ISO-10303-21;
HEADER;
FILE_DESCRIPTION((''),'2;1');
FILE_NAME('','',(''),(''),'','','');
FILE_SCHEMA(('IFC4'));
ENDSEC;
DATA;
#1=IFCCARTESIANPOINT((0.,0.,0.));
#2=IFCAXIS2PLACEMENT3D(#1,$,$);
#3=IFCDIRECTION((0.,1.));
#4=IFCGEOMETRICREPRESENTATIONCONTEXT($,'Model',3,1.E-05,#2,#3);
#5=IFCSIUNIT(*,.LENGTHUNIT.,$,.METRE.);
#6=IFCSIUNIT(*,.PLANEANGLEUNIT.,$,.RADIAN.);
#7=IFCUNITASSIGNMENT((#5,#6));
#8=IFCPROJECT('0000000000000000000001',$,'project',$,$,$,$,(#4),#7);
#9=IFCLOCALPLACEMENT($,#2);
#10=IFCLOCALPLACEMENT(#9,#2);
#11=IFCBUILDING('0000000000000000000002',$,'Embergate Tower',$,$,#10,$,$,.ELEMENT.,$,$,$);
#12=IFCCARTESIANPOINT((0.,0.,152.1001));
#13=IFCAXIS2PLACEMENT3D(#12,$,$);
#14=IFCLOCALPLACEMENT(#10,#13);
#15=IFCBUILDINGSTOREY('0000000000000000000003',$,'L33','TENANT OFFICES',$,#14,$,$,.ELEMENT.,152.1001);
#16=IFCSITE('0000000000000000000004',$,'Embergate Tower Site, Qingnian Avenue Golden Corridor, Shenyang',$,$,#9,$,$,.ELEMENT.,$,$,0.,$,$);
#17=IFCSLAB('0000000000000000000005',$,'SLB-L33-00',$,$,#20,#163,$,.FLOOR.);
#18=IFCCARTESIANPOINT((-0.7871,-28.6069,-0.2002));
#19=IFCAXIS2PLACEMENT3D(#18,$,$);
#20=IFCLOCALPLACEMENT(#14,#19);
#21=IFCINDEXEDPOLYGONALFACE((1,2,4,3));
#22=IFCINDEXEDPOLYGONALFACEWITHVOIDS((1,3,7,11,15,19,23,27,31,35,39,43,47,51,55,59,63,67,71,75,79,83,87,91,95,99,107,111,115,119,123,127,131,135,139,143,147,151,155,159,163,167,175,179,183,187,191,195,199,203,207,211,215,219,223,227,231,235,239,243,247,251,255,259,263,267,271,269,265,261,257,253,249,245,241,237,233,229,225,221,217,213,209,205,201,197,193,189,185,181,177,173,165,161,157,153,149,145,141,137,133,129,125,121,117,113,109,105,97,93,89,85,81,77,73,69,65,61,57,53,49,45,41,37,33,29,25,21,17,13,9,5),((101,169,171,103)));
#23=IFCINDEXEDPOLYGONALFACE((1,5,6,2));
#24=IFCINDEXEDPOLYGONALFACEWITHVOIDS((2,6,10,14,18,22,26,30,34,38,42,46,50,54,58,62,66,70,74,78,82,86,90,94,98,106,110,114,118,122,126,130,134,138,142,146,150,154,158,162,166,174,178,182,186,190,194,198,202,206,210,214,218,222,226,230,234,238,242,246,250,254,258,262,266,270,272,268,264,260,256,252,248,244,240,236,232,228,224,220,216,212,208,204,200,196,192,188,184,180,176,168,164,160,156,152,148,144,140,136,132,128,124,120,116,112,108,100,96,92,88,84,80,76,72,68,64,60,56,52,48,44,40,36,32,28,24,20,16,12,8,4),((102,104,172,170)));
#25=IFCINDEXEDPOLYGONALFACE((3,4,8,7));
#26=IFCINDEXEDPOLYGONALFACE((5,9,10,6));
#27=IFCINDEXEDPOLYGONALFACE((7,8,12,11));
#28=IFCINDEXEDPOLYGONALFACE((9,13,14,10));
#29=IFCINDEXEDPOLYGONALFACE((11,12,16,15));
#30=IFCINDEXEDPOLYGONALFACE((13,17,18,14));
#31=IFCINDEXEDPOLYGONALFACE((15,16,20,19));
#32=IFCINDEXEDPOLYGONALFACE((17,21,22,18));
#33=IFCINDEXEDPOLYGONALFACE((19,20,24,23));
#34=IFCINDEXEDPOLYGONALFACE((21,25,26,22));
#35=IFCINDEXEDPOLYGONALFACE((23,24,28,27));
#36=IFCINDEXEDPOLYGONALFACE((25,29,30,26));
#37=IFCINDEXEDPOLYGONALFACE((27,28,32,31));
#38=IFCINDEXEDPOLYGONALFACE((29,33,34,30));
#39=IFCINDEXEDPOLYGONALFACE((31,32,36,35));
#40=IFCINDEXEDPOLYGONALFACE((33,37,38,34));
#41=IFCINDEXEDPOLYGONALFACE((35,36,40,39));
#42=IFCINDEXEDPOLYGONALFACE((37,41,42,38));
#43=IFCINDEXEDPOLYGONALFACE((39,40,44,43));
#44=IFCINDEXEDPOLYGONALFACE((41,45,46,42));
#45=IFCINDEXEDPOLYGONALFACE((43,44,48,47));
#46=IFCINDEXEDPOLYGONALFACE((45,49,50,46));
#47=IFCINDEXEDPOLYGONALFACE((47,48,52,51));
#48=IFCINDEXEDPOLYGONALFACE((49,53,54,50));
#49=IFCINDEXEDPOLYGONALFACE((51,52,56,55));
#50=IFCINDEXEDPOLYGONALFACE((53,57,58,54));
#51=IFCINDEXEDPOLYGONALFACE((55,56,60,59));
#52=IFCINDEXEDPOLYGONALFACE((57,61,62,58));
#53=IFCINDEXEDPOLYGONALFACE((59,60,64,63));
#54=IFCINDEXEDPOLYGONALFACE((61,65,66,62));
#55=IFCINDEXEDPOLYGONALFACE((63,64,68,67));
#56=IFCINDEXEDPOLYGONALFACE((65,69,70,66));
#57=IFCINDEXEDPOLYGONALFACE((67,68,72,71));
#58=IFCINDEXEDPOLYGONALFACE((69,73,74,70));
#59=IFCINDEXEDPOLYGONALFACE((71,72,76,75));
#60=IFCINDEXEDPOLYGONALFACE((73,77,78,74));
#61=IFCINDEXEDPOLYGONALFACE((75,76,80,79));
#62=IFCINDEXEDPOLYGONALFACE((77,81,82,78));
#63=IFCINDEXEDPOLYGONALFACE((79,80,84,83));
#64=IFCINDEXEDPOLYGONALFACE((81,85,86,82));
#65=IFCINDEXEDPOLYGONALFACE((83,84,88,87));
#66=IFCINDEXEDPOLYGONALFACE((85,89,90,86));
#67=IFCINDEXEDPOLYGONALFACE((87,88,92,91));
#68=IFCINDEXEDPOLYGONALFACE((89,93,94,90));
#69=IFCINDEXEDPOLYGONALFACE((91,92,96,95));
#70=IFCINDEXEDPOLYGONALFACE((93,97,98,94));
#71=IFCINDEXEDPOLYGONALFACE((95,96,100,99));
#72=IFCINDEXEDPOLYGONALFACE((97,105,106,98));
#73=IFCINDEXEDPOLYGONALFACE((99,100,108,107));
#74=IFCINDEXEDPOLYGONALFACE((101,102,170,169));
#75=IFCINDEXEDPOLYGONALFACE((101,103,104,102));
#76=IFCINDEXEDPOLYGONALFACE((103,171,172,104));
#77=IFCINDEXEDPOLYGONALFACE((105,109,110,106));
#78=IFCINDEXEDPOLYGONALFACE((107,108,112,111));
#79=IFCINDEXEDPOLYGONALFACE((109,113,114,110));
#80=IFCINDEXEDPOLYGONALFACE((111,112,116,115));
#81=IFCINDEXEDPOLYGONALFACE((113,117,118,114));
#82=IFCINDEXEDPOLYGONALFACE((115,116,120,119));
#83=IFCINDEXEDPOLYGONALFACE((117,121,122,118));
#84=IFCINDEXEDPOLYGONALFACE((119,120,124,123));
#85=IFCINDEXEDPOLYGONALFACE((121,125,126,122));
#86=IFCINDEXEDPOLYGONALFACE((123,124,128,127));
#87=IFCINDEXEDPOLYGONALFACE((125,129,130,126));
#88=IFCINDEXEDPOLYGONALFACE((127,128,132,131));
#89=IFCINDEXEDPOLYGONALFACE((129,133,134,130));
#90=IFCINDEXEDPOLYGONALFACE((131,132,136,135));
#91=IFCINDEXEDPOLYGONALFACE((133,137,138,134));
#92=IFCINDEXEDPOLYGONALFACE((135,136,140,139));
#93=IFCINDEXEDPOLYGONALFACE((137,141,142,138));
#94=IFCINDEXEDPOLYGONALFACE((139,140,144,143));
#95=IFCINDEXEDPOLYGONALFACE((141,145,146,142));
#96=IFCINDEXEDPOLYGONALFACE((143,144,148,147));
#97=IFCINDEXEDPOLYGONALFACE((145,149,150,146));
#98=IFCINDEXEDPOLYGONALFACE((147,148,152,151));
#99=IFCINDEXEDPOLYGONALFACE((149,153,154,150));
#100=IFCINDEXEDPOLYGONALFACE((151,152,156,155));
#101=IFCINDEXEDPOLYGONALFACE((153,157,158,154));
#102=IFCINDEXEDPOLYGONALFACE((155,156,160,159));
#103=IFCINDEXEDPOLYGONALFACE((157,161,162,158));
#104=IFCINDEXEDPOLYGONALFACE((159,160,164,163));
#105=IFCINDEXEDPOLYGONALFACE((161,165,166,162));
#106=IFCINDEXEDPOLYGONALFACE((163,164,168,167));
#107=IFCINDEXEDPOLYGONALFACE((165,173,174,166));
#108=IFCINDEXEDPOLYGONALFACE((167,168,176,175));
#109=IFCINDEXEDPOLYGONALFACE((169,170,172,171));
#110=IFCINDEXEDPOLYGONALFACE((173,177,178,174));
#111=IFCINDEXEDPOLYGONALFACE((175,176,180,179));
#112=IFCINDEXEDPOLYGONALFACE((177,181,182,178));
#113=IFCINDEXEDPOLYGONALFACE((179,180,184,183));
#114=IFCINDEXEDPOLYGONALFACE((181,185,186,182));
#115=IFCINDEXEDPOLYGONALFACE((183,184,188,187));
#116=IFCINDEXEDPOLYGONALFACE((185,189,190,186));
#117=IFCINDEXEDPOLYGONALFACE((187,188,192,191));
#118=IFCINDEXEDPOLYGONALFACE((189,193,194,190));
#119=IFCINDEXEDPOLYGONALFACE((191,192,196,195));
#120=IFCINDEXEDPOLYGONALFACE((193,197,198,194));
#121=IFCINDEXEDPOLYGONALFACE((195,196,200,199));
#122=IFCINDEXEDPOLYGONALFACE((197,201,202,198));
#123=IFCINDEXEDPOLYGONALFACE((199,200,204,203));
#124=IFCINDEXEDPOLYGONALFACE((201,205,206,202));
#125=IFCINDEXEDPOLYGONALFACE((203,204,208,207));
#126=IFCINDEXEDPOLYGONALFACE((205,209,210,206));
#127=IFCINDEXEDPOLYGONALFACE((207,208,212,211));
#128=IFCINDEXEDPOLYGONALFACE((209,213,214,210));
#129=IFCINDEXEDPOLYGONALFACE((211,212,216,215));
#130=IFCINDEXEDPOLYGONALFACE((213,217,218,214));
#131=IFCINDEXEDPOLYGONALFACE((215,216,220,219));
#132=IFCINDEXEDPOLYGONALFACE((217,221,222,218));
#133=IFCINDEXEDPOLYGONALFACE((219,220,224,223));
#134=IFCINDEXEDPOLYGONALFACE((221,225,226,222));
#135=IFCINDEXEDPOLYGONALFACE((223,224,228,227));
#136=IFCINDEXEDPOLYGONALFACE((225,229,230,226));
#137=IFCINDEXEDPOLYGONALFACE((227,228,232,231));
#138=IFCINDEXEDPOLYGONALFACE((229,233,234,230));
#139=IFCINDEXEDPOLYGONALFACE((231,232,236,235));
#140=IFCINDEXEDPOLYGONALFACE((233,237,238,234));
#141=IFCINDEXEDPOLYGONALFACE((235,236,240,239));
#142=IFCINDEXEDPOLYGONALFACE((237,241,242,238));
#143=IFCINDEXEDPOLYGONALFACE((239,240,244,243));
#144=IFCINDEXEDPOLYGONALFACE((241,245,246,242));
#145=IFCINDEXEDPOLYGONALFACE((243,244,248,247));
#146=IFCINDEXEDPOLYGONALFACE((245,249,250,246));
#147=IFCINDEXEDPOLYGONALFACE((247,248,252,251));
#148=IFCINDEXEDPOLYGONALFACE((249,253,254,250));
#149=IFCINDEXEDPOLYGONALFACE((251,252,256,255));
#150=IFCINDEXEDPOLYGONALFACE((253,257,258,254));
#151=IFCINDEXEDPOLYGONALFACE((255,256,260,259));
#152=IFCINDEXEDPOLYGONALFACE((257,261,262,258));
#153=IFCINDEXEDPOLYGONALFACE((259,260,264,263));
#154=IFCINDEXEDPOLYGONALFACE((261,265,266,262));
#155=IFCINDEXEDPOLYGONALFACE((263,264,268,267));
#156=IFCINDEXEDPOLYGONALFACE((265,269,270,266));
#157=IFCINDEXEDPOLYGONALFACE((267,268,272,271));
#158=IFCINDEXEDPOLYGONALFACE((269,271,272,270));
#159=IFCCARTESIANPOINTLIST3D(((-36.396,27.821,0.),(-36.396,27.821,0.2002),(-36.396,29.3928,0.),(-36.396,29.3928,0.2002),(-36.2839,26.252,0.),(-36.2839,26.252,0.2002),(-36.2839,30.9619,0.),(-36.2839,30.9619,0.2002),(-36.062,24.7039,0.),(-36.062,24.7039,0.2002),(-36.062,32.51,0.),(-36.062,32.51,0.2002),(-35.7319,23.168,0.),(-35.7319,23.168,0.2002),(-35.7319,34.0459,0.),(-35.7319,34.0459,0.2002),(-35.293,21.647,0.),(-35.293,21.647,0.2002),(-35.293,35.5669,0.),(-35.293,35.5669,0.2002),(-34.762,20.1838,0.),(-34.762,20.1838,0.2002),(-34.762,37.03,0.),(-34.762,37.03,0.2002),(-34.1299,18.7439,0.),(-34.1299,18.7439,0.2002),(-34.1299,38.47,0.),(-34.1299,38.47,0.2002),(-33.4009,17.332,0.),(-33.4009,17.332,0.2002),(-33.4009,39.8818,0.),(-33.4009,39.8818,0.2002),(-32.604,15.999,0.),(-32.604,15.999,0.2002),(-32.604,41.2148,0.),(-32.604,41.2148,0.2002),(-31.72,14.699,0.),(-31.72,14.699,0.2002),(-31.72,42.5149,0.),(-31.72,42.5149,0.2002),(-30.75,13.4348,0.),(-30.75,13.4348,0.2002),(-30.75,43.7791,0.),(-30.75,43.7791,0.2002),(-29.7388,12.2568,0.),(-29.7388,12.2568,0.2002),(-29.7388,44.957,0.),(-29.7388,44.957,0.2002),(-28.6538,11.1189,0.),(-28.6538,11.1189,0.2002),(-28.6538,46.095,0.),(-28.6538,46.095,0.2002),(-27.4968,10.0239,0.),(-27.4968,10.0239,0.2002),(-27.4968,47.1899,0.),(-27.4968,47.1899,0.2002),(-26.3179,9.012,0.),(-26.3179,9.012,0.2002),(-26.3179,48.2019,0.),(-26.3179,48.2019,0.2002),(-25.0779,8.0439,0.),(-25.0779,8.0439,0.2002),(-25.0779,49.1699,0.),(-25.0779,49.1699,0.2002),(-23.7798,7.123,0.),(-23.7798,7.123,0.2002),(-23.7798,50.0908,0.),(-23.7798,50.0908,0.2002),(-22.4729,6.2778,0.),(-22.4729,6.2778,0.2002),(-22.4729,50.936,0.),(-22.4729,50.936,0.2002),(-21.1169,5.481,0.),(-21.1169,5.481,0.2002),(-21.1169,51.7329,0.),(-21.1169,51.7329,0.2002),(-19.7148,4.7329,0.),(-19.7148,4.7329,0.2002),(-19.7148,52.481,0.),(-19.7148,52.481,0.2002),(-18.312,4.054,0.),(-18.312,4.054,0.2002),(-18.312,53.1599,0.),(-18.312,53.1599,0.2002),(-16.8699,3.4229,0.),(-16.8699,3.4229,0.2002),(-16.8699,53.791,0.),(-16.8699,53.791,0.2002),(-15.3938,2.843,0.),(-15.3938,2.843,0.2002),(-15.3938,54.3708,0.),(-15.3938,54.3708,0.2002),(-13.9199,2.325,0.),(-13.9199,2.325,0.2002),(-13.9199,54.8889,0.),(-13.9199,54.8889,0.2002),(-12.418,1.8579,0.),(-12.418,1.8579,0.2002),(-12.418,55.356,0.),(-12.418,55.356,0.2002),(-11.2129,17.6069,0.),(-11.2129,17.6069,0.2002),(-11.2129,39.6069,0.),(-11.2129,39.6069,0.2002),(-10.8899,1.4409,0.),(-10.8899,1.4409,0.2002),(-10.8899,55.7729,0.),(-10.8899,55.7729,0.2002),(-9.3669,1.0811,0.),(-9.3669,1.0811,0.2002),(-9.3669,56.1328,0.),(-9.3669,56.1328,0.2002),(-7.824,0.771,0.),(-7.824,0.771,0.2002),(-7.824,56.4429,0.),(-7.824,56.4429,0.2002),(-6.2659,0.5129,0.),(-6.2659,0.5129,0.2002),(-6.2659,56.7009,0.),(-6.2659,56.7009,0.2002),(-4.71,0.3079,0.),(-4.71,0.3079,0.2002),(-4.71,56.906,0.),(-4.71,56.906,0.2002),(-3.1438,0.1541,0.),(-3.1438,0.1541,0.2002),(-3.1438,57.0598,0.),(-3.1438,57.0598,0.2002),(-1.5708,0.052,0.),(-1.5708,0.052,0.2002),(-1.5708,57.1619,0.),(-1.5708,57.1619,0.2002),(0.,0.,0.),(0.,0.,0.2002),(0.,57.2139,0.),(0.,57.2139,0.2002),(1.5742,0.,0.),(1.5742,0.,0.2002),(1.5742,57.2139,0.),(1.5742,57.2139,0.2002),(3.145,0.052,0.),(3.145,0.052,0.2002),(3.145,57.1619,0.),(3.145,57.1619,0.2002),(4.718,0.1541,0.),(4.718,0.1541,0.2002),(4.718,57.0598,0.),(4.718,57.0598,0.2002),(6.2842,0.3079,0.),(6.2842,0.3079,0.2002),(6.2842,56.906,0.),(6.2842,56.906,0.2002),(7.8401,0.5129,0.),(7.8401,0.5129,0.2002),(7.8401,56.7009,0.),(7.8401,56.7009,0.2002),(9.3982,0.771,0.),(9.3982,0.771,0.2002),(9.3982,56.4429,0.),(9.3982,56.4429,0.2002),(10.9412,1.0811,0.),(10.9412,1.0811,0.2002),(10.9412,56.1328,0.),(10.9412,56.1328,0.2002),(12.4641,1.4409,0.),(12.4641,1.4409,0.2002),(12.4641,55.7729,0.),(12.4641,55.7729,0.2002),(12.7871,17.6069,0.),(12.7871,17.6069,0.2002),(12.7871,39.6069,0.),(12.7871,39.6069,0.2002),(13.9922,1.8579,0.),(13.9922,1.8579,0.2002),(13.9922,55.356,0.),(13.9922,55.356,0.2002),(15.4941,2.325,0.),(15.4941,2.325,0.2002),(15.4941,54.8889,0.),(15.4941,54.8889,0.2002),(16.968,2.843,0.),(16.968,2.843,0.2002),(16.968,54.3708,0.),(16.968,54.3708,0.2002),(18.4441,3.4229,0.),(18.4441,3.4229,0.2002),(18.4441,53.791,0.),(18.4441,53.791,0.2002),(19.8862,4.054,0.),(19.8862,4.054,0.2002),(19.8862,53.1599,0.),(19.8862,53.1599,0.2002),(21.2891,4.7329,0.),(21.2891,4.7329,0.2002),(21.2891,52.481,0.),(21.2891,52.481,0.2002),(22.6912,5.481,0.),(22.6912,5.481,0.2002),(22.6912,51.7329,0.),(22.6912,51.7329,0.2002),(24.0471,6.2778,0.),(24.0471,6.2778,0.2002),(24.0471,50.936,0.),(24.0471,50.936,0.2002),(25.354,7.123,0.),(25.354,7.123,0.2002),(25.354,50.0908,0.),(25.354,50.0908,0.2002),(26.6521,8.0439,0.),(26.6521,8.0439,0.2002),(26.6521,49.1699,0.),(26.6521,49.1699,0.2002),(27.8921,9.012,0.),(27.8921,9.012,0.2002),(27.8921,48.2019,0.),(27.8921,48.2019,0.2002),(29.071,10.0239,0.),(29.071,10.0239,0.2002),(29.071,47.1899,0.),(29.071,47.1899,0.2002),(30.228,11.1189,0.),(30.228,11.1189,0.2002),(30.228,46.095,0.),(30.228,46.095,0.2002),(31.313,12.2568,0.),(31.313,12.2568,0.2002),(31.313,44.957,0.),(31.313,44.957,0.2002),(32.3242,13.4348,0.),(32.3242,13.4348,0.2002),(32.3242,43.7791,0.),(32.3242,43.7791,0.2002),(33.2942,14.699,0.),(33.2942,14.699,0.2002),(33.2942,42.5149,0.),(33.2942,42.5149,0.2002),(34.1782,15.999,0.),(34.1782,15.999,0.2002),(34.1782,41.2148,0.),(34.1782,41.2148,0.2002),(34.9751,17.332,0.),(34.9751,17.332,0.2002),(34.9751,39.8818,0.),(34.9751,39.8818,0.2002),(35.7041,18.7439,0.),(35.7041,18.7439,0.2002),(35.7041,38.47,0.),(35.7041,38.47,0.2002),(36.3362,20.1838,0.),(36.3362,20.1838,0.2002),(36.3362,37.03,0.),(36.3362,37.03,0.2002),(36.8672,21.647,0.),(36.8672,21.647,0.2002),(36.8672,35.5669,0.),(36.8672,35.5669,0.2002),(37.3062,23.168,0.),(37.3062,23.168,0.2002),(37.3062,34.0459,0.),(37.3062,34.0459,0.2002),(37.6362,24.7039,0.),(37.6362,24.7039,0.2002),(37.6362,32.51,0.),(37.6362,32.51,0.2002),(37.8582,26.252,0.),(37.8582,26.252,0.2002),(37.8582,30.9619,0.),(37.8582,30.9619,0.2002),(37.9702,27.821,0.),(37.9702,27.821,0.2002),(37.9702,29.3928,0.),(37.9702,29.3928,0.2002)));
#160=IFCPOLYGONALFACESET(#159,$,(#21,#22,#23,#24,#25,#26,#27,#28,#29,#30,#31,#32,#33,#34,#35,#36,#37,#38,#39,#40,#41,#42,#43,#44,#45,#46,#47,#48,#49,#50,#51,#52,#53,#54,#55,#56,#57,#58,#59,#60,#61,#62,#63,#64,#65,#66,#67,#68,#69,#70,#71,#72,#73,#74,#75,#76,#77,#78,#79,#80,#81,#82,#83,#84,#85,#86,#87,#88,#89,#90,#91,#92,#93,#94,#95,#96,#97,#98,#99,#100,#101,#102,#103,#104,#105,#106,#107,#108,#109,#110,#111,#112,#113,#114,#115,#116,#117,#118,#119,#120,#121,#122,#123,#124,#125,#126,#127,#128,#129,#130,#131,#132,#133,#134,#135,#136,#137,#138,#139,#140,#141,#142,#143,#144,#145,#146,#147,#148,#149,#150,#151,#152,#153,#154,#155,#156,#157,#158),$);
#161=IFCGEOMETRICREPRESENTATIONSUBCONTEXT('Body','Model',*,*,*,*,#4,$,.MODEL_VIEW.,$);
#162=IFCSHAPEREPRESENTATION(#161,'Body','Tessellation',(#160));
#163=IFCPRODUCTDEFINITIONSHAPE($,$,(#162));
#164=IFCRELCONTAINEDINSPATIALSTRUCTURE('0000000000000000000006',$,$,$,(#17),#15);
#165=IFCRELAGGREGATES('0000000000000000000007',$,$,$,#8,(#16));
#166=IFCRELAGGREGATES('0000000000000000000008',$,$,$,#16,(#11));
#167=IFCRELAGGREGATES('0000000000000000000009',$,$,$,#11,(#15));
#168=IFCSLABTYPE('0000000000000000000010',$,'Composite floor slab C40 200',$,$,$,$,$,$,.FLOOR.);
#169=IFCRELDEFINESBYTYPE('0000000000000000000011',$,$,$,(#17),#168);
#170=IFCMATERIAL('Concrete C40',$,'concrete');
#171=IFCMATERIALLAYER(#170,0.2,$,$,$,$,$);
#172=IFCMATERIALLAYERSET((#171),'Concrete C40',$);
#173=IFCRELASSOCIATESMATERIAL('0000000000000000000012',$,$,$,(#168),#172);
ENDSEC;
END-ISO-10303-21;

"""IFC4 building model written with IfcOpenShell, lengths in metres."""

from ifc_helpers import new_model, si_unit, direction, frame, origin, place, context, subcontext, project, spatial, polyline, outline, extrude, source, transform, mapped, material, layer, layer_set, type_object, element, save


model = new_model("IFC4")

# Units and contexts
model_context = context("Model", 3, precision=1e-05, world=origin(), true_north=direction((0.0, 1.0)))
body_context = subcontext(model_context, "Body", "Model", "MODEL_VIEW")
ifc_project = project(units=[si_unit("LENGTHUNIT", "METRE"), si_unit("PLANEANGLEUNIT", "RADIAN")], contexts=[model_context])

# Site, building, storey
site_placement = place(None, origin())
site = spatial("IfcSite", under=ifc_project, at=site_placement, Name="Embergate Tower Site, Qingnian Avenue Golden Corridor, Shenyang", CompositionType="ELEMENT", RefElevation=0.0)
building_placement = place(site_placement, origin())
building = spatial("IfcBuilding", under=site, at=building_placement, Name="Embergate Tower", CompositionType="ELEMENT")
storey_placement = place(building_placement, frame((0.0, 0.0, 152.1001)))
storey = spatial("IfcBuildingStorey", under=building, at=storey_placement, Name="L33", Description="TENANT OFFICES", CompositionType="ELEMENT", Elevation=152.1001)

# Slab
ifc_material_1 = material(Name="Concrete C40", Category="concrete")
ifc_layer_1 = layer(ifc_material_1, 0.2)
ifc_layer_set_1 = layer_set([ifc_layer_1], Name="Concrete C40")
slab_type = type_object("IfcSlabType", Name="Composite floor slab C40 200", PredefinedType="FLOOR", material=ifc_layer_set_1)
shared_shape_1 = source(origin(), body_context, "Body", "SweptSolid", [
    extrude(outline(polyline([(0.0, 0.0), (1.5742, 0.0), (3.145, 0.052), (4.718, 0.1541), (6.2842, 0.3079), (7.8401, 0.5129), (9.3982, 0.771), (10.9412, 1.0811), (12.4641, 1.4409), (13.9922, 1.8579), (15.4941, 2.325), (16.968, 2.843), (18.4441, 3.4229), (19.8862, 4.054), (21.2891, 4.7329), (22.6912, 5.481), (24.0471, 6.2778), (25.354, 7.123), (26.6521, 8.0439), (27.8921, 9.012), (29.071, 10.0239), (30.228, 11.1189), (31.313, 12.2568), (32.3242, 13.4348), (33.2942, 14.699), (34.1782, 15.999), (34.9751, 17.332), (35.7041, 18.7439), (36.3362, 20.1838), (36.8672, 21.647), (37.3062, 23.168), (37.6362, 24.7039), (37.8582, 26.252), (37.9702, 27.821), (37.9702, 29.3928), (37.8582, 30.9619), (37.6362, 32.51), (37.3062, 34.0459), (36.8672, 35.5669), (36.3362, 37.03), (35.7041, 38.47), (34.9751, 39.8818), (34.1782, 41.2148), (33.2942, 42.5149), (32.3242, 43.7791), (31.313, 44.957), (30.228, 46.095), (29.071, 47.1899), (27.8921, 48.2019), (26.6521, 49.1699), (25.354, 50.0908), (24.0471, 50.936), (22.6912, 51.7329), (21.2891, 52.481), (19.8862, 53.1599), (18.4441, 53.791), (16.968, 54.3708), (15.4941, 54.8889), (13.9922, 55.356), (12.4641, 55.7729), (10.9412, 56.1328), (9.3982, 56.4429), (7.8401, 56.7009), (6.2842, 56.906), (4.718, 57.0598), (3.145, 57.1619), (1.5742, 57.2139), (0.0, 57.2139), (-1.5708, 57.1619), (-3.1438, 57.0598), (-4.71, 56.906), (-6.2659, 56.7009), (-7.824, 56.4429), (-9.3669, 56.1328), (-10.8899, 55.7729), (-12.418, 55.356), (-13.9199, 54.8889), (-15.3938, 54.3708), (-16.8699, 53.791), (-18.312, 53.1599), (-19.7148, 52.481), (-21.1169, 51.7329), (-22.4729, 50.936), (-23.7798, 50.0908), (-25.0779, 49.1699), (-26.3179, 48.2019), (-27.4968, 47.1899), (-28.6538, 46.095), (-29.7388, 44.957), (-30.75, 43.7791), (-31.72, 42.5149), (-32.604, 41.2148), (-33.4009, 39.8818), (-34.1299, 38.47), (-34.762, 37.03), (-35.293, 35.5669), (-35.7319, 34.0459), (-36.062, 32.51), (-36.2839, 30.9619), (-36.396, 29.3928), (-36.396, 27.821), (-36.2839, 26.252), (-36.062, 24.7039), (-35.7319, 23.168), (-35.293, 21.647), (-34.762, 20.1838), (-34.1299, 18.7439), (-33.4009, 17.332), (-32.604, 15.999), (-31.72, 14.699), (-30.75, 13.4348), (-29.7388, 12.2568), (-28.6538, 11.1189), (-27.4968, 10.0239), (-26.3179, 9.012), (-25.0779, 8.0439), (-23.7798, 7.123), (-22.4729, 6.2778), (-21.1169, 5.481), (-19.7148, 4.7329), (-18.312, 4.054), (-16.8699, 3.4229), (-15.3938, 2.843), (-13.9199, 2.325), (-12.418, 1.8579), (-10.8899, 1.4409), (-9.3669, 1.0811), (-7.824, 0.771), (-6.2659, 0.5129), (-4.71, 0.3079), (-3.1438, 0.1541), (-1.5708, 0.052), (0.0, 0.0)]), holes=[polyline([(-11.2129, 17.6069), (-11.2129, 39.6069), (12.7871, 39.6069), (12.7871, 17.6069), (-11.2129, 17.6069)])]), origin(), (0.0, 0.0, 1.0), 0.2002),
])
slab_placement = place(storey_placement, frame((-0.7871, -28.6069, -0.2002)))
element("IfcSlab", 1, at=slab_placement, inside=storey, type_object=slab_type, Name="SLB-L33-00", PredefinedType="FLOOR", context=body_context, shape_type="MappedRepresentation", body=[
    mapped(shared_shape_1, transform((0.0, 0.0, 0.0))),
])

save(model, "model.ifc")
